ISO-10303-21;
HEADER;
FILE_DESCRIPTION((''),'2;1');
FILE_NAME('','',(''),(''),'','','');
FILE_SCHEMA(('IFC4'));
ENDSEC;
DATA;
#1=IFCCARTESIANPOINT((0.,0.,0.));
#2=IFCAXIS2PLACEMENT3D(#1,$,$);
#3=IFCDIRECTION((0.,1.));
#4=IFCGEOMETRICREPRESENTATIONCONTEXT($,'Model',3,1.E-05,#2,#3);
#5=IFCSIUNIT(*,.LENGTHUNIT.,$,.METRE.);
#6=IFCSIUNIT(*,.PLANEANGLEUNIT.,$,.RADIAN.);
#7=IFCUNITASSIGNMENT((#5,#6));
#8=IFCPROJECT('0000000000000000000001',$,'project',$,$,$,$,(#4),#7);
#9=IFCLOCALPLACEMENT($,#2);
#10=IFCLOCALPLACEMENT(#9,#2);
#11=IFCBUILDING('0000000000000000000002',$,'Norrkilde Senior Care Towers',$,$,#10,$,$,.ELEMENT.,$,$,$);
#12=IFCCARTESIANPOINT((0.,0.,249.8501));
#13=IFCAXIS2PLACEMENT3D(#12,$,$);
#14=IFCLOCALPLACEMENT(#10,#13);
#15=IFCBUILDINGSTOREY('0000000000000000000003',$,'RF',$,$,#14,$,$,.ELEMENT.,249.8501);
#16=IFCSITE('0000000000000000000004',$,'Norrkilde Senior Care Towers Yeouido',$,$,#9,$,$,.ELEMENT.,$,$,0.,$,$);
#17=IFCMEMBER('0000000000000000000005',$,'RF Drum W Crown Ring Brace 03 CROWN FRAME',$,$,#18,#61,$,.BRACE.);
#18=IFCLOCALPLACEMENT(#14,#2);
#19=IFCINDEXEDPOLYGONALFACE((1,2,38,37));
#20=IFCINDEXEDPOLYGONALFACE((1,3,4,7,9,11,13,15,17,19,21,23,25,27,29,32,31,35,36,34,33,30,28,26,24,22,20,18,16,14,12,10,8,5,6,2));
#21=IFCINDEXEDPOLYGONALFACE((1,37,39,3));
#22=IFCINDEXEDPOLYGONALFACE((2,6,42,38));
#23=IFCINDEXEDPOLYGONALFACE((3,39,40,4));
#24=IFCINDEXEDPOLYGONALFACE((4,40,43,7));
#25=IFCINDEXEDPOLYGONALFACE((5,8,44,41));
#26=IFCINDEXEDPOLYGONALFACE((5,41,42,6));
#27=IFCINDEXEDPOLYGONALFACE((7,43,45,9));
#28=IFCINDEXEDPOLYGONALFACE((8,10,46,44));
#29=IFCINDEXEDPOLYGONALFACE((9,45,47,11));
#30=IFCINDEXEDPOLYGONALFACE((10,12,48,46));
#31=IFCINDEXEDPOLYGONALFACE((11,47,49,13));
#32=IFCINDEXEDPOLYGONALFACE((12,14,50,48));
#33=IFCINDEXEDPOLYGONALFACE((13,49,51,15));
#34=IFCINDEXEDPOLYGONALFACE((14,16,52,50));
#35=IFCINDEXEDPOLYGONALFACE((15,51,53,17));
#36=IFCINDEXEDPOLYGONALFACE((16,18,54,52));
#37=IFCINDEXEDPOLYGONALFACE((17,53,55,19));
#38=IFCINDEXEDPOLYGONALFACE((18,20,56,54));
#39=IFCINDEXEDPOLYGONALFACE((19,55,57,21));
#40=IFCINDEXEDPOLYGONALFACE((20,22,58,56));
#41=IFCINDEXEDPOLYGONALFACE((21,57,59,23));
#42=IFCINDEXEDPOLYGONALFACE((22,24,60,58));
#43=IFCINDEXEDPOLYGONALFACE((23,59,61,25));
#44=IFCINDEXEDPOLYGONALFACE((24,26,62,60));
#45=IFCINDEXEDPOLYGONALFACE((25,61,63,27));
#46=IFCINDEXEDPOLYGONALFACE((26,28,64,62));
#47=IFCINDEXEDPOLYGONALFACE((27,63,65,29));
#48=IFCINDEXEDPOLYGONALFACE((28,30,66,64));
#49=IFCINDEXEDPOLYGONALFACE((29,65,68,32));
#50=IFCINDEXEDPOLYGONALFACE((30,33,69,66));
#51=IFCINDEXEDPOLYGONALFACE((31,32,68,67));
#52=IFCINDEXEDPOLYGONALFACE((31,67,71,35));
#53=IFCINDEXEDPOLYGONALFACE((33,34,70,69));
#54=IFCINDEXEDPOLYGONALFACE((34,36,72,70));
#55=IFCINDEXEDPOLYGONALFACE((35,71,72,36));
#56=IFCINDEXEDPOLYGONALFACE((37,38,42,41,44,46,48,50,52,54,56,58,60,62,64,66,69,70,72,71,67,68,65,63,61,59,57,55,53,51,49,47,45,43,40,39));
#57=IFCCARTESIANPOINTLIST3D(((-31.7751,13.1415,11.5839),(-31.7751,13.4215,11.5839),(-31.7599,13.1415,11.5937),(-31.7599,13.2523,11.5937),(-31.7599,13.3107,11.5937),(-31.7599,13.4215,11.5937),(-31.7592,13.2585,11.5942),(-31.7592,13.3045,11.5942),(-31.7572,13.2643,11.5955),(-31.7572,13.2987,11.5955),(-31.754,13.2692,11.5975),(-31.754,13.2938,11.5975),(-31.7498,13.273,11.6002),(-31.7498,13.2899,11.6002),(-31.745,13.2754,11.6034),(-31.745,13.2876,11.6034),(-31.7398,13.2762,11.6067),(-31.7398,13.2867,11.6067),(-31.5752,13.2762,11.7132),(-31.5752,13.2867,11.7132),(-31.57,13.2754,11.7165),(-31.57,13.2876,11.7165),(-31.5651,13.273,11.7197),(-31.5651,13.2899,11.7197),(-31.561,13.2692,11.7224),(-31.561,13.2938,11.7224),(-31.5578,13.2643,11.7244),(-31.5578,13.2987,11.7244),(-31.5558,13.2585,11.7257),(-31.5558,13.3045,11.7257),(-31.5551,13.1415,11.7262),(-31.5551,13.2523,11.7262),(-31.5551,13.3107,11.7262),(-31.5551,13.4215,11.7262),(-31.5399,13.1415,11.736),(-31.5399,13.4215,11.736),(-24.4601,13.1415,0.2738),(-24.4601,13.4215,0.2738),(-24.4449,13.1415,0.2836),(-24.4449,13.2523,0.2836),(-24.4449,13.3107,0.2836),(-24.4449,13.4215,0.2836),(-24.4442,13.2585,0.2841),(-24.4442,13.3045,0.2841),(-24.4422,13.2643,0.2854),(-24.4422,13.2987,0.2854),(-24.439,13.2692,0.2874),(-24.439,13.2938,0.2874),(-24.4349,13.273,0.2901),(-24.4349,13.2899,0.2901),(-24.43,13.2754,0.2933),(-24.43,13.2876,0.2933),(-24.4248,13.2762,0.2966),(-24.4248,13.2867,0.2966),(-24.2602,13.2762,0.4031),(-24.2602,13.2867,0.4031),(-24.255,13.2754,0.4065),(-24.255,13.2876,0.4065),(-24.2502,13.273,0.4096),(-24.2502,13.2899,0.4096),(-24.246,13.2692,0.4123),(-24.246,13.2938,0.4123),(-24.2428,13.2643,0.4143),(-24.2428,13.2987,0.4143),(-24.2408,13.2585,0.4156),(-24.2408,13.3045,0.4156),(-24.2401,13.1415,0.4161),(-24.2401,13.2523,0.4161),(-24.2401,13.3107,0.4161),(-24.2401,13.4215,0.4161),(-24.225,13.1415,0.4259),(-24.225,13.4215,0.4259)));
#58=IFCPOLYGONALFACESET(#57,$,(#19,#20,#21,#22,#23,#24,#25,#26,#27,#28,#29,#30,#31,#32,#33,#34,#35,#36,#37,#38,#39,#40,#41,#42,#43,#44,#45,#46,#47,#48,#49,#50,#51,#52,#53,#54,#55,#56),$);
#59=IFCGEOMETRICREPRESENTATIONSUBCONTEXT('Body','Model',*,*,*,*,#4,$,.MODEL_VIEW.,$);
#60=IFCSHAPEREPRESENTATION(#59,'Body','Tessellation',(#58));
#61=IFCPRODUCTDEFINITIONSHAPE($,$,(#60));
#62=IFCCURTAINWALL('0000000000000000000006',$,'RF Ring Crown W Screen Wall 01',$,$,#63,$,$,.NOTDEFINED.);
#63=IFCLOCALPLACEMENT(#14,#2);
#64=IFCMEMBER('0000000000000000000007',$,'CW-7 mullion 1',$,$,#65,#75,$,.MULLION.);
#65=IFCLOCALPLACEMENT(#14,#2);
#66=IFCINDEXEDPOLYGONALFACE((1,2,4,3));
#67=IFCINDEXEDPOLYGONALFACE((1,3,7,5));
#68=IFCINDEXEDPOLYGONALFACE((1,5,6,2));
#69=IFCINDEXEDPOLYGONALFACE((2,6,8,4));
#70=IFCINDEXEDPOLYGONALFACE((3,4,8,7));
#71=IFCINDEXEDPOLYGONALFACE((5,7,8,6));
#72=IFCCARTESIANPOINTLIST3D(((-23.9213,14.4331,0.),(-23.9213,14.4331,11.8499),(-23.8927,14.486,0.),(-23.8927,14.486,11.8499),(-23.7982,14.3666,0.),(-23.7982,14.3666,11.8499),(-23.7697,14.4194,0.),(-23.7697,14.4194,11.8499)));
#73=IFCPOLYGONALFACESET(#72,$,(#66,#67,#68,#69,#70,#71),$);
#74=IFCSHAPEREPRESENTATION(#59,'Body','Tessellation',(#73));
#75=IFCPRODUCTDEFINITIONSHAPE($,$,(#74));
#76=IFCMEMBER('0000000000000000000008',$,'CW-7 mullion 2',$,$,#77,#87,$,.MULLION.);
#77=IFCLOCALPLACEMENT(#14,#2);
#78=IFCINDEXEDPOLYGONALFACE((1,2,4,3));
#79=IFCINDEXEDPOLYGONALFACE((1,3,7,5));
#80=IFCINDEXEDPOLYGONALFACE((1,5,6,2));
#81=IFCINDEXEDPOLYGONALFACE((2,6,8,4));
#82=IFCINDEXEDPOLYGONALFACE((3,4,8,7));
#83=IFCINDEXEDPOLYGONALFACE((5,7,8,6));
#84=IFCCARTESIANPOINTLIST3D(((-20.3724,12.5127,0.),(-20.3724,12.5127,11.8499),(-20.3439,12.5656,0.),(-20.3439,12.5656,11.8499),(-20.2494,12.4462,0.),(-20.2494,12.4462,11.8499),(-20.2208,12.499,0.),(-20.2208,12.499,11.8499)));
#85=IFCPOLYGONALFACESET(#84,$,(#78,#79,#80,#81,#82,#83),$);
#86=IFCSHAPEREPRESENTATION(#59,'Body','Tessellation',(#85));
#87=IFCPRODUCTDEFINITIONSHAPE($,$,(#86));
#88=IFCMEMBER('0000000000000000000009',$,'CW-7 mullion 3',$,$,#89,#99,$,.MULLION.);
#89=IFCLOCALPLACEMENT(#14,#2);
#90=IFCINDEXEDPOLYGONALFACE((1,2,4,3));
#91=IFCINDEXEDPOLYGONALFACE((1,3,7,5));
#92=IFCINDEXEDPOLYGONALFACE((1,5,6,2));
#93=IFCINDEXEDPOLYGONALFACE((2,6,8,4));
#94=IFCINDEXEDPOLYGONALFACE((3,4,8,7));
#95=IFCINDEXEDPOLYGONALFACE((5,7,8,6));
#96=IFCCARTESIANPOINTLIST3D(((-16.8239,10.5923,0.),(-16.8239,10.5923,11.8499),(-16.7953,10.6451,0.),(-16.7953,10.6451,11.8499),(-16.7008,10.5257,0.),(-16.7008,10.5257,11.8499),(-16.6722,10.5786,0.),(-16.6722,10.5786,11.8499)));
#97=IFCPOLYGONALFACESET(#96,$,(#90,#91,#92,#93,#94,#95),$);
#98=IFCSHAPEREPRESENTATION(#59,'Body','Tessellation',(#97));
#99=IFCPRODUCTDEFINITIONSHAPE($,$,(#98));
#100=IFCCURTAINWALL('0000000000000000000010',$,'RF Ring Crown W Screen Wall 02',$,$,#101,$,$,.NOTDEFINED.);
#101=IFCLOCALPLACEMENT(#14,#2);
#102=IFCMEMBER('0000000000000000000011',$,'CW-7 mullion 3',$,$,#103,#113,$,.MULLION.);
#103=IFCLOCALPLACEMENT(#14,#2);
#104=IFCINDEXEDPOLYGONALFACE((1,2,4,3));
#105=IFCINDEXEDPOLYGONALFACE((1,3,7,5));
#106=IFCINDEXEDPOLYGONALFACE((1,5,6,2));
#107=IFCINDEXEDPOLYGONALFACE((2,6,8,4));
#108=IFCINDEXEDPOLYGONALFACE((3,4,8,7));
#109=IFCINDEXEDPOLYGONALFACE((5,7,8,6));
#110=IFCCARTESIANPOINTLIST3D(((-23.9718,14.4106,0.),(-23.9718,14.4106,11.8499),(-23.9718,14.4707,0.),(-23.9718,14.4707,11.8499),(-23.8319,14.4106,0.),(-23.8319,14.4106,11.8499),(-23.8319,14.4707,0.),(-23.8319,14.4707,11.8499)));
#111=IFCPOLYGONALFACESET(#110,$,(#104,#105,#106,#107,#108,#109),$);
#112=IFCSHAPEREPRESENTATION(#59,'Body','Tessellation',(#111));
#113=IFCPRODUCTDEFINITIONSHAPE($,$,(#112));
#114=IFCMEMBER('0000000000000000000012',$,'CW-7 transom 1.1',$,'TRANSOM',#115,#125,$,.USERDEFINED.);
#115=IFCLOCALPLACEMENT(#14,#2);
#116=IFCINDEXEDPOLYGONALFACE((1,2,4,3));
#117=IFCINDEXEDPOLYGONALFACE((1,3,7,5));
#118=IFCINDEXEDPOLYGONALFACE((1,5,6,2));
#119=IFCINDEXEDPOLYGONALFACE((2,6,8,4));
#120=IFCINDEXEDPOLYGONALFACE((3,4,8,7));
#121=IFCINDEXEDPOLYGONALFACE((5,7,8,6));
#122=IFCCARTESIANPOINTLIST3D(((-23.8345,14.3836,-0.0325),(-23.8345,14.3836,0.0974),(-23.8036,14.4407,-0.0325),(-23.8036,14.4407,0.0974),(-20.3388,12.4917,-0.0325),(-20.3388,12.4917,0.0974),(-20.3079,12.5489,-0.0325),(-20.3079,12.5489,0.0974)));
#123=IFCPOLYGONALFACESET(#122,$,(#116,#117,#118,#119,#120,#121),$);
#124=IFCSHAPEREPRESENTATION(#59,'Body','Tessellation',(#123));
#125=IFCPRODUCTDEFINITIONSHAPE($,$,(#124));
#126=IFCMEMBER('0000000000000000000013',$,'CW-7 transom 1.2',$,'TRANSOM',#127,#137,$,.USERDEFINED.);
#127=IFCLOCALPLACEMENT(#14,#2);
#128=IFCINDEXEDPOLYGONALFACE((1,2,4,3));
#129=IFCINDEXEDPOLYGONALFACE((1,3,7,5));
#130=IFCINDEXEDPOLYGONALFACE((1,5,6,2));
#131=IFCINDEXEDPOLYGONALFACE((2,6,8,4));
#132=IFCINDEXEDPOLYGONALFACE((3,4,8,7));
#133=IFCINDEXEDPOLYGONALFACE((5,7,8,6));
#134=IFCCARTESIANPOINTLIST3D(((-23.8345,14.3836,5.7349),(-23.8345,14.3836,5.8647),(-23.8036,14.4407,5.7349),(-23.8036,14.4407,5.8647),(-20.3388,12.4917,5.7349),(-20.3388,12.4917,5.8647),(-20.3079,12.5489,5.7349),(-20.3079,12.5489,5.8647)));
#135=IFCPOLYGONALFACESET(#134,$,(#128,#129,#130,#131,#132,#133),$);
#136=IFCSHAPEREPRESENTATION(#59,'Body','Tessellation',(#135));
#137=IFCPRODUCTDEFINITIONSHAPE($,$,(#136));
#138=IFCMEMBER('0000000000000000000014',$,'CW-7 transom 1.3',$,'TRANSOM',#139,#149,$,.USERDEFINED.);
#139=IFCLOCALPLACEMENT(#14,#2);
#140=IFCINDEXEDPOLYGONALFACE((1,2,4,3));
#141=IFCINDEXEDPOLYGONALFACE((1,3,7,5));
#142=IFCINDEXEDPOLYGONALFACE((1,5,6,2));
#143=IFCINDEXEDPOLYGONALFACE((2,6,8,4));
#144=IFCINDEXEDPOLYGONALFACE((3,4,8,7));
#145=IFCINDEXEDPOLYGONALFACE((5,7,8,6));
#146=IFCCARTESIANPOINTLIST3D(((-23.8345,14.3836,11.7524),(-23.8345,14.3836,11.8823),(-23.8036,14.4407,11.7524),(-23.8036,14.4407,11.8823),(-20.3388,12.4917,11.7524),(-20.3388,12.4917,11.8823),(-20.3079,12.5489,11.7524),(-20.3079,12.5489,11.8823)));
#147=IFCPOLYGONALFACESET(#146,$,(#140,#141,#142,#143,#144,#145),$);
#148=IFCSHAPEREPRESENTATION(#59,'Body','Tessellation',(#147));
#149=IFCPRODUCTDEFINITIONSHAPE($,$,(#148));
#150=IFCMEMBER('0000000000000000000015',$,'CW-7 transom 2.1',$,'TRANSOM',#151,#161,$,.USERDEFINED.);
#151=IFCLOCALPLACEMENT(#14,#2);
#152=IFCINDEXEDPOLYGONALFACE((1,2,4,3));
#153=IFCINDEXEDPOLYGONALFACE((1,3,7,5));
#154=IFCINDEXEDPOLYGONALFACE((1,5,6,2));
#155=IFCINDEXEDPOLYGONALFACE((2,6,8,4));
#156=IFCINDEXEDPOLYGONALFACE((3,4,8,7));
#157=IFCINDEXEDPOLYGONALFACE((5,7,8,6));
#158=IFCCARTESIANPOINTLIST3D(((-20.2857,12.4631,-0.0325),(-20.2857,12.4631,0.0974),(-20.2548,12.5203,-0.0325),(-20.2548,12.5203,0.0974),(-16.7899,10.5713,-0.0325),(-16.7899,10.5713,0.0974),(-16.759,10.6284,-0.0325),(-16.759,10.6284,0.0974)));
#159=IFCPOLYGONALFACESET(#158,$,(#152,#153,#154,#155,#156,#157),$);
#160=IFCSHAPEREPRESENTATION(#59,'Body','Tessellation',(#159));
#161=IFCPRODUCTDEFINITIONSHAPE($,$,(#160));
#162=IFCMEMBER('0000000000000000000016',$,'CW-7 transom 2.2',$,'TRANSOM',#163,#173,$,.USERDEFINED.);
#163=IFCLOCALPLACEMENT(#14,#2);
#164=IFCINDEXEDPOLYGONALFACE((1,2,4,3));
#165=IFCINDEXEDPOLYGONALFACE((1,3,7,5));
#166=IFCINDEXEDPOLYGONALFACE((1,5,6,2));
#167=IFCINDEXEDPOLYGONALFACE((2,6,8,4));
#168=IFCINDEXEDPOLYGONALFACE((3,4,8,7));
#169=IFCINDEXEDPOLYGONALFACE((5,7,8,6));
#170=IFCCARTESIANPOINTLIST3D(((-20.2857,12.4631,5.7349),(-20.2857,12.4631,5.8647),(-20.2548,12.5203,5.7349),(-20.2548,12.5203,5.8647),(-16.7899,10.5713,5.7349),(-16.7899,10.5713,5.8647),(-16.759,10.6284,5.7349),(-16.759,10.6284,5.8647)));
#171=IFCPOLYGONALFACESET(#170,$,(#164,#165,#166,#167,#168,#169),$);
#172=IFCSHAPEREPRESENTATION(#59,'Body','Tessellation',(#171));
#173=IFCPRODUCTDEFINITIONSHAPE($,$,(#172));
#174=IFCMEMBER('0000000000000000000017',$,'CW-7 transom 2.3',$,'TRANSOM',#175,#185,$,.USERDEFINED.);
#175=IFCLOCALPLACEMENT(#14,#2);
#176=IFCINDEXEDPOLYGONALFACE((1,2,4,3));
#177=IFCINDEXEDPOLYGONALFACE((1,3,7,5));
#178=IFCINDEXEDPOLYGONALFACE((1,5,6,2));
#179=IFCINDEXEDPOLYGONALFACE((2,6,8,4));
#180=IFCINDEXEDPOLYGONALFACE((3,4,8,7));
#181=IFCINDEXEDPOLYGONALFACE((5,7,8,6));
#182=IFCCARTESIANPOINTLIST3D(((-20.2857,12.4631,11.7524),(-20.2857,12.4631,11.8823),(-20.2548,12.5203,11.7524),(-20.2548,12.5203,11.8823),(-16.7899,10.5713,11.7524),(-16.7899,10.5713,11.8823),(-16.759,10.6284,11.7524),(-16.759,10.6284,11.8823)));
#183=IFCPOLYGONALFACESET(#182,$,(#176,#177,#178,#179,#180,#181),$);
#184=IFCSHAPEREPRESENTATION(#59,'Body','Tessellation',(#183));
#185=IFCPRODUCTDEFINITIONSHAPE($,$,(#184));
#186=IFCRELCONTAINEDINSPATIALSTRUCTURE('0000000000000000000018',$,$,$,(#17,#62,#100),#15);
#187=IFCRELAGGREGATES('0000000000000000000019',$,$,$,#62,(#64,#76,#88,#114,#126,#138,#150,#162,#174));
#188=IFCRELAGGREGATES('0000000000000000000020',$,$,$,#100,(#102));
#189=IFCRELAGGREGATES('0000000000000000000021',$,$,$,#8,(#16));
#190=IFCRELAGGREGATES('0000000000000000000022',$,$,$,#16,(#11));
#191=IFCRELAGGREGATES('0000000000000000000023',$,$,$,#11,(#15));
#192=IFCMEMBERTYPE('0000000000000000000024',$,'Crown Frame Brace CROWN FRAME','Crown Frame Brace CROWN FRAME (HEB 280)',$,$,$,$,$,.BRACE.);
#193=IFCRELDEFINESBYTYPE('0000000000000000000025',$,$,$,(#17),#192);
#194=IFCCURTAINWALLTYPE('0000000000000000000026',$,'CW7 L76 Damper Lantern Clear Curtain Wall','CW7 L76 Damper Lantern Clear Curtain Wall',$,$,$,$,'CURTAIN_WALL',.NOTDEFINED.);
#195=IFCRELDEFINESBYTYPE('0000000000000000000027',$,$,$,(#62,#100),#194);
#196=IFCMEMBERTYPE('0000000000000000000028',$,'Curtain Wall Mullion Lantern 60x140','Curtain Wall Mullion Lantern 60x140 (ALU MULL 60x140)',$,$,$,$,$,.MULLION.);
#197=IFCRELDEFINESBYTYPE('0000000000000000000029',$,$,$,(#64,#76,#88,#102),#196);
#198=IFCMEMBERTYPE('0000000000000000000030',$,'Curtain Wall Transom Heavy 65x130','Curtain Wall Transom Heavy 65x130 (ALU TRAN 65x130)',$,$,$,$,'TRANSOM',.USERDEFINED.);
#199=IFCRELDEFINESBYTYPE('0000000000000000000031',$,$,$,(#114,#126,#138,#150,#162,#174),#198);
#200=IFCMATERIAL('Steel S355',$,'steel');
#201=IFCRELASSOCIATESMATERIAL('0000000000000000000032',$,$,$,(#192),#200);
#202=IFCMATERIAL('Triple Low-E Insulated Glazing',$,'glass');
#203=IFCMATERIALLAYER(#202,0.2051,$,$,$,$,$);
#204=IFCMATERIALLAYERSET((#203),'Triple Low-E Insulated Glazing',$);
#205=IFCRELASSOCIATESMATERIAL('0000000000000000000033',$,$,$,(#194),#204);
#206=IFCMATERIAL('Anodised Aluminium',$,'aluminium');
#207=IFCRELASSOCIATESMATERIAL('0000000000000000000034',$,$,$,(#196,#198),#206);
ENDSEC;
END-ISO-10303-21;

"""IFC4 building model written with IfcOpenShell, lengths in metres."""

from ifc_helpers import new_model, si_unit, direction, frame, origin, origin_2d, place, context, subcontext, project, spatial, rectangle, i_section, extrude, source, transform, mapped, material, layer, layer_set, material_profile, profile_set, type_object, type_shapes, element, aggregate, save


model = new_model("IFC4")

# Units and contexts
model_context = context("Model", 3, precision=1e-05, world=origin(), true_north=direction((0.0, 1.0)))
body_context = subcontext(model_context, "Body", "Model", "MODEL_VIEW")
ifc_project = project(units=[si_unit("LENGTHUNIT", "METRE"), si_unit("PLANEANGLEUNIT", "RADIAN")], contexts=[model_context])

# Site, building, storey
site_placement = place(None, origin())
site = spatial("IfcSite", under=ifc_project, at=site_placement, Name="Norrkilde Senior Care Towers Yeouido", CompositionType="ELEMENT", RefElevation=0.0)
building_placement = place(site_placement, origin())
building = spatial("IfcBuilding", under=site, at=building_placement, Name="Norrkilde Senior Care Towers", CompositionType="ELEMENT")
storey_placement = place(building_placement, frame((0.0, 0.0, 249.8501)))
storey = spatial("IfcBuildingStorey", under=building, at=storey_placement, Name="RF", CompositionType="ELEMENT", Elevation=249.8501)

# Shared definitions
ifc_material_1 = material(Name="Steel S355", Category="steel")

# Member
ifc_material_profile_1 = material_profile(ifc_material_1, i_section(OverallWidth=0.28, OverallDepth=0.28, WebThickness=0.0105, FlangeThickness=0.0181, FilletRadius=0.0239, at=origin_2d()), Name="HEB 280")
ifc_profile_set_1 = profile_set([ifc_material_profile_1], Name="Steel S355")
member_type_1 = type_object("IfcMemberType", Name="Crown Frame Brace CROWN FRAME", Description="Crown Frame Brace CROWN FRAME (HEB 280)", PredefinedType="BRACE", material=ifc_profile_set_1)
shared_shape_1 = source(origin(), body_context, "Body", "SweptSolid", [
    extrude(i_section(OverallWidth=0.28, OverallDepth=0.28, WebThickness=0.0105, FlangeThickness=0.0181, FilletRadius=0.0239, at=origin_2d()), origin(), (0.0, 0.0, 1.0), 13.4695),
])
type_shapes(member_type_1, [shared_shape_1])
member_1_placement = place(storey_placement, frame((-24.3425, 13.2815, 0.3499), z_axis=(-0.543077, 0.0, 0.839683), x_axis=(0.0, -1.0, 0.0)))
element("IfcMember", 1, at=member_1_placement, inside=storey, type_object=member_type_1, Name="RF Drum W Crown Ring Brace 03 CROWN FRAME", PredefinedType="BRACE", context=body_context, shape_type="MappedRepresentation", body=[
    mapped(shared_shape_1, transform((0.0, 0.0, 0.0), x_axis=(1.0, 0.0, 0.0), y_axis=(0.0, 1.0, 0.0), z_axis=(0.0, 0.0, 1.0), scale=1.0)),
])

# Curtain wall, members
ifc_material_2 = material(Name="Triple Low-E Insulated Glazing", Category="glass")
ifc_layer_1 = layer(ifc_material_2, 0.2051)
ifc_layer_set_1 = layer_set([ifc_layer_1], Name="Triple Low-E Insulated Glazing")
curtain_wall_type = type_object("IfcCurtainWallType", Name="CW7 L76 Damper Lantern Clear Curtain Wall", Description="CW7 L76 Damper Lantern Clear Curtain Wall", ElementType="CURTAIN_WALL", PredefinedType="NOTDEFINED", material=ifc_layer_set_1)
curtain_wall_1_placement = place(storey_placement, origin())
curtain_wall_1 = element("IfcCurtainWall", 2, at=curtain_wall_1_placement, inside=storey, type_object=curtain_wall_type, Name="RF Ring Crown W Screen Wall 01", PredefinedType="NOTDEFINED")
ifc_material_3 = material(Name="Anodised Aluminium", Category="aluminium")
ifc_material_profile_2 = material_profile(ifc_material_3, rectangle(XDim=0.0601, YDim=0.1399, at=origin_2d()), Name="ALU MULL 60x140")
ifc_profile_set_2 = profile_set([ifc_material_profile_2], Name="Anodised Aluminium")
member_type_2 = type_object("IfcMemberType", Name="Curtain Wall Mullion Lantern 60x140", Description="Curtain Wall Mullion Lantern 60x140 (ALU MULL 60x140)", PredefinedType="MULLION", material=ifc_profile_set_2)
shared_shape_2 = source(origin(), body_context, "Body", "SweptSolid", [
    extrude(rectangle(XDim=0.0601, YDim=0.1399, at=origin_2d()), origin(), (0.0, 0.0, 1.0), 11.8499),
])
type_shapes(member_type_2, [shared_shape_2])
member_2_placement = place(storey_placement, frame((-23.8455, 14.4263, 0.0), z_axis=(0.0, 0.0, 1.0), x_axis=(0.475934, 0.879481, 0.0)))
member_2 = element("IfcMember", 3, at=member_2_placement, type_object=member_type_2, Name="CW-7 mullion 1", PredefinedType="MULLION", context=body_context, shape_type="MappedRepresentation", body=[
    mapped(shared_shape_2, transform((0.0, 0.0, 0.0), x_axis=(1.0, 0.0, 0.0), y_axis=(0.0, 1.0, 0.0), z_axis=(0.0, 0.0, 1.0), scale=1.0)),
])
member_3_placement = place(storey_placement, frame((-20.2966, 12.5059, 0.0), z_axis=(0.0, 0.0, 1.0), x_axis=(0.475934, 0.879481, 0.0)))
member_3 = element("IfcMember", 4, at=member_3_placement, type_object=member_type_2, Name="CW-7 mullion 2", PredefinedType="MULLION", context=body_context, shape_type="MappedRepresentation", body=[
    mapped(shared_shape_2, transform((0.0, 0.0, 0.0), x_axis=(1.0, 0.0, 0.0), y_axis=(0.0, 1.0, 0.0), z_axis=(0.0, 0.0, 1.0), scale=1.0)),
])
member_4_placement = place(storey_placement, frame((-16.748, 10.5854, 0.0), z_axis=(0.0, 0.0, 1.0), x_axis=(0.475934, 0.879481, 0.0)))
member_4 = element("IfcMember", 5, at=member_4_placement, type_object=member_type_2, Name="CW-7 mullion 3", PredefinedType="MULLION", context=body_context, shape_type="MappedRepresentation", body=[
    mapped(shared_shape_2, transform((0.0, 0.0, 0.0), x_axis=(1.0, 0.0, 0.0), y_axis=(0.0, 1.0, 0.0), z_axis=(0.0, 0.0, 1.0), scale=1.0)),
])

# Curtain wall, member
curtain_wall_2_placement = place(storey_placement, origin())
curtain_wall_2 = element("IfcCurtainWall", 6, at=curtain_wall_2_placement, inside=storey, type_object=curtain_wall_type, Name="RF Ring Crown W Screen Wall 02", PredefinedType="NOTDEFINED")
member_5_placement = place(storey_placement, frame((-23.9019, 14.4407, 0.0), z_axis=(0.0, 0.0, 1.0), x_axis=(0.0, 1.0, 0.0)))
member_5 = element("IfcMember", 7, at=member_5_placement, type_object=member_type_2, Name="CW-7 mullion 3", PredefinedType="MULLION", context=body_context, shape_type="MappedRepresentation", body=[
    mapped(shared_shape_2, transform((0.0, 0.0, 0.0), x_axis=(1.0, 0.0, 0.0), y_axis=(0.0, 1.0, 0.0), z_axis=(0.0, 0.0, 1.0), scale=1.0)),
])

# Members
ifc_material_profile_3 = material_profile(ifc_material_3, rectangle(XDim=0.0649, YDim=0.1299, at=origin_2d()), Name="ALU TRAN 65x130")
ifc_profile_set_3 = profile_set([ifc_material_profile_3], Name="Anodised Aluminium")
member_type_3 = type_object("IfcMemberType", Name="Curtain Wall Transom Heavy 65x130", Description="Curtain Wall Transom Heavy 65x130 (ALU TRAN 65x130)", ElementType="TRANSOM", PredefinedType="USERDEFINED", material=ifc_profile_set_3)
shared_shape_3 = source(origin(), body_context, "Body", "SweptSolid", [
    extrude(rectangle(XDim=0.0649, YDim=0.1299, at=origin_2d()), origin(), (0.0, 0.0, 1.0), 3.9749),
])
member_6_placement = place(storey_placement, frame((-23.8191, 14.4121, 0.0325), z_axis=(0.879475, -0.475945, 0.0), x_axis=(0.475945, 0.879475, 0.0)))
member_6 = element("IfcMember", 8, at=member_6_placement, type_object=member_type_3, Name="CW-7 transom 1.1", ObjectType="TRANSOM", PredefinedType="USERDEFINED", context=body_context, shape_type="MappedRepresentation", body=[
    mapped(shared_shape_3, transform((0.0, 0.0, 0.0), x_axis=(1.0, 0.0, 0.0), y_axis=(0.0, 1.0, 0.0), z_axis=(0.0, 0.0, 1.0), scale=1.0)),
])
member_7_placement = place(storey_placement, frame((-23.8191, 14.4121, 5.7998), z_axis=(0.879475, -0.475945, 0.0), x_axis=(0.475945, 0.879475, 0.0)))
member_7 = element("IfcMember", 9, at=member_7_placement, type_object=member_type_3, Name="CW-7 transom 1.2", ObjectType="TRANSOM", PredefinedType="USERDEFINED", context=body_context, shape_type="MappedRepresentation", body=[
    mapped(shared_shape_3, transform((0.0, 0.0, 0.0), x_axis=(1.0, 0.0, 0.0), y_axis=(0.0, 1.0, 0.0), z_axis=(0.0, 0.0, 1.0), scale=1.0)),
])
member_8_placement = place(storey_placement, frame((-23.8191, 14.4121, 11.8174), z_axis=(0.879475, -0.475945, 0.0), x_axis=(0.475945, 0.879475, 0.0)))
member_8 = element("IfcMember", 10, at=member_8_placement, type_object=member_type_3, Name="CW-7 transom 1.3", ObjectType="TRANSOM", PredefinedType="USERDEFINED", context=body_context, shape_type="MappedRepresentation", body=[
    mapped(shared_shape_3, transform((0.0, 0.0, 0.0), x_axis=(1.0, 0.0, 0.0), y_axis=(0.0, 1.0, 0.0), z_axis=(0.0, 0.0, 1.0), scale=1.0)),
])
member_9_placement = place(storey_placement, frame((-20.2703, 12.4917, 0.0325), z_axis=(0.879475, -0.475945, 0.0), x_axis=(0.475945, 0.879475, 0.0)))
member_9 = element("IfcMember", 11, at=member_9_placement, type_object=member_type_3, Name="CW-7 transom 2.1", ObjectType="TRANSOM", PredefinedType="USERDEFINED", context=body_context, shape_type="MappedRepresentation", body=[
    mapped(shared_shape_3, transform((0.0, 0.0, 0.0), x_axis=(1.0, 0.0, 0.0), y_axis=(0.0, 1.0, 0.0), z_axis=(0.0, 0.0, 1.0), scale=1.0)),
])
member_10_placement = place(storey_placement, frame((-20.2703, 12.4917, 5.7998), z_axis=(0.879475, -0.475945, 0.0), x_axis=(0.475945, 0.879475, 0.0)))
member_10 = element("IfcMember", 12, at=member_10_placement, type_object=member_type_3, Name="CW-7 transom 2.2", ObjectType="TRANSOM", PredefinedType="USERDEFINED", context=body_context, shape_type="MappedRepresentation", body=[
    mapped(shared_shape_3, transform((0.0, 0.0, 0.0), x_axis=(1.0, 0.0, 0.0), y_axis=(0.0, 1.0, 0.0), z_axis=(0.0, 0.0, 1.0), scale=1.0)),
])
member_11_placement = place(storey_placement, frame((-20.2703, 12.4917, 11.8174), z_axis=(0.879475, -0.475945, 0.0), x_axis=(0.475945, 0.879475, 0.0)))
member_11 = element("IfcMember", 13, at=member_11_placement, type_object=member_type_3, Name="CW-7 transom 2.3", ObjectType="TRANSOM", PredefinedType="USERDEFINED", context=body_context, shape_type="MappedRepresentation", body=[
    mapped(shared_shape_3, transform((0.0, 0.0, 0.0), x_axis=(1.0, 0.0, 0.0), y_axis=(0.0, 1.0, 0.0), z_axis=(0.0, 0.0, 1.0), scale=1.0)),
])

aggregate(curtain_wall_1, [member_2, member_3, member_4, member_6, member_7, member_8, member_9, member_10, member_11])
aggregate(curtain_wall_2, [member_5])

save(model, "model.ifc")
